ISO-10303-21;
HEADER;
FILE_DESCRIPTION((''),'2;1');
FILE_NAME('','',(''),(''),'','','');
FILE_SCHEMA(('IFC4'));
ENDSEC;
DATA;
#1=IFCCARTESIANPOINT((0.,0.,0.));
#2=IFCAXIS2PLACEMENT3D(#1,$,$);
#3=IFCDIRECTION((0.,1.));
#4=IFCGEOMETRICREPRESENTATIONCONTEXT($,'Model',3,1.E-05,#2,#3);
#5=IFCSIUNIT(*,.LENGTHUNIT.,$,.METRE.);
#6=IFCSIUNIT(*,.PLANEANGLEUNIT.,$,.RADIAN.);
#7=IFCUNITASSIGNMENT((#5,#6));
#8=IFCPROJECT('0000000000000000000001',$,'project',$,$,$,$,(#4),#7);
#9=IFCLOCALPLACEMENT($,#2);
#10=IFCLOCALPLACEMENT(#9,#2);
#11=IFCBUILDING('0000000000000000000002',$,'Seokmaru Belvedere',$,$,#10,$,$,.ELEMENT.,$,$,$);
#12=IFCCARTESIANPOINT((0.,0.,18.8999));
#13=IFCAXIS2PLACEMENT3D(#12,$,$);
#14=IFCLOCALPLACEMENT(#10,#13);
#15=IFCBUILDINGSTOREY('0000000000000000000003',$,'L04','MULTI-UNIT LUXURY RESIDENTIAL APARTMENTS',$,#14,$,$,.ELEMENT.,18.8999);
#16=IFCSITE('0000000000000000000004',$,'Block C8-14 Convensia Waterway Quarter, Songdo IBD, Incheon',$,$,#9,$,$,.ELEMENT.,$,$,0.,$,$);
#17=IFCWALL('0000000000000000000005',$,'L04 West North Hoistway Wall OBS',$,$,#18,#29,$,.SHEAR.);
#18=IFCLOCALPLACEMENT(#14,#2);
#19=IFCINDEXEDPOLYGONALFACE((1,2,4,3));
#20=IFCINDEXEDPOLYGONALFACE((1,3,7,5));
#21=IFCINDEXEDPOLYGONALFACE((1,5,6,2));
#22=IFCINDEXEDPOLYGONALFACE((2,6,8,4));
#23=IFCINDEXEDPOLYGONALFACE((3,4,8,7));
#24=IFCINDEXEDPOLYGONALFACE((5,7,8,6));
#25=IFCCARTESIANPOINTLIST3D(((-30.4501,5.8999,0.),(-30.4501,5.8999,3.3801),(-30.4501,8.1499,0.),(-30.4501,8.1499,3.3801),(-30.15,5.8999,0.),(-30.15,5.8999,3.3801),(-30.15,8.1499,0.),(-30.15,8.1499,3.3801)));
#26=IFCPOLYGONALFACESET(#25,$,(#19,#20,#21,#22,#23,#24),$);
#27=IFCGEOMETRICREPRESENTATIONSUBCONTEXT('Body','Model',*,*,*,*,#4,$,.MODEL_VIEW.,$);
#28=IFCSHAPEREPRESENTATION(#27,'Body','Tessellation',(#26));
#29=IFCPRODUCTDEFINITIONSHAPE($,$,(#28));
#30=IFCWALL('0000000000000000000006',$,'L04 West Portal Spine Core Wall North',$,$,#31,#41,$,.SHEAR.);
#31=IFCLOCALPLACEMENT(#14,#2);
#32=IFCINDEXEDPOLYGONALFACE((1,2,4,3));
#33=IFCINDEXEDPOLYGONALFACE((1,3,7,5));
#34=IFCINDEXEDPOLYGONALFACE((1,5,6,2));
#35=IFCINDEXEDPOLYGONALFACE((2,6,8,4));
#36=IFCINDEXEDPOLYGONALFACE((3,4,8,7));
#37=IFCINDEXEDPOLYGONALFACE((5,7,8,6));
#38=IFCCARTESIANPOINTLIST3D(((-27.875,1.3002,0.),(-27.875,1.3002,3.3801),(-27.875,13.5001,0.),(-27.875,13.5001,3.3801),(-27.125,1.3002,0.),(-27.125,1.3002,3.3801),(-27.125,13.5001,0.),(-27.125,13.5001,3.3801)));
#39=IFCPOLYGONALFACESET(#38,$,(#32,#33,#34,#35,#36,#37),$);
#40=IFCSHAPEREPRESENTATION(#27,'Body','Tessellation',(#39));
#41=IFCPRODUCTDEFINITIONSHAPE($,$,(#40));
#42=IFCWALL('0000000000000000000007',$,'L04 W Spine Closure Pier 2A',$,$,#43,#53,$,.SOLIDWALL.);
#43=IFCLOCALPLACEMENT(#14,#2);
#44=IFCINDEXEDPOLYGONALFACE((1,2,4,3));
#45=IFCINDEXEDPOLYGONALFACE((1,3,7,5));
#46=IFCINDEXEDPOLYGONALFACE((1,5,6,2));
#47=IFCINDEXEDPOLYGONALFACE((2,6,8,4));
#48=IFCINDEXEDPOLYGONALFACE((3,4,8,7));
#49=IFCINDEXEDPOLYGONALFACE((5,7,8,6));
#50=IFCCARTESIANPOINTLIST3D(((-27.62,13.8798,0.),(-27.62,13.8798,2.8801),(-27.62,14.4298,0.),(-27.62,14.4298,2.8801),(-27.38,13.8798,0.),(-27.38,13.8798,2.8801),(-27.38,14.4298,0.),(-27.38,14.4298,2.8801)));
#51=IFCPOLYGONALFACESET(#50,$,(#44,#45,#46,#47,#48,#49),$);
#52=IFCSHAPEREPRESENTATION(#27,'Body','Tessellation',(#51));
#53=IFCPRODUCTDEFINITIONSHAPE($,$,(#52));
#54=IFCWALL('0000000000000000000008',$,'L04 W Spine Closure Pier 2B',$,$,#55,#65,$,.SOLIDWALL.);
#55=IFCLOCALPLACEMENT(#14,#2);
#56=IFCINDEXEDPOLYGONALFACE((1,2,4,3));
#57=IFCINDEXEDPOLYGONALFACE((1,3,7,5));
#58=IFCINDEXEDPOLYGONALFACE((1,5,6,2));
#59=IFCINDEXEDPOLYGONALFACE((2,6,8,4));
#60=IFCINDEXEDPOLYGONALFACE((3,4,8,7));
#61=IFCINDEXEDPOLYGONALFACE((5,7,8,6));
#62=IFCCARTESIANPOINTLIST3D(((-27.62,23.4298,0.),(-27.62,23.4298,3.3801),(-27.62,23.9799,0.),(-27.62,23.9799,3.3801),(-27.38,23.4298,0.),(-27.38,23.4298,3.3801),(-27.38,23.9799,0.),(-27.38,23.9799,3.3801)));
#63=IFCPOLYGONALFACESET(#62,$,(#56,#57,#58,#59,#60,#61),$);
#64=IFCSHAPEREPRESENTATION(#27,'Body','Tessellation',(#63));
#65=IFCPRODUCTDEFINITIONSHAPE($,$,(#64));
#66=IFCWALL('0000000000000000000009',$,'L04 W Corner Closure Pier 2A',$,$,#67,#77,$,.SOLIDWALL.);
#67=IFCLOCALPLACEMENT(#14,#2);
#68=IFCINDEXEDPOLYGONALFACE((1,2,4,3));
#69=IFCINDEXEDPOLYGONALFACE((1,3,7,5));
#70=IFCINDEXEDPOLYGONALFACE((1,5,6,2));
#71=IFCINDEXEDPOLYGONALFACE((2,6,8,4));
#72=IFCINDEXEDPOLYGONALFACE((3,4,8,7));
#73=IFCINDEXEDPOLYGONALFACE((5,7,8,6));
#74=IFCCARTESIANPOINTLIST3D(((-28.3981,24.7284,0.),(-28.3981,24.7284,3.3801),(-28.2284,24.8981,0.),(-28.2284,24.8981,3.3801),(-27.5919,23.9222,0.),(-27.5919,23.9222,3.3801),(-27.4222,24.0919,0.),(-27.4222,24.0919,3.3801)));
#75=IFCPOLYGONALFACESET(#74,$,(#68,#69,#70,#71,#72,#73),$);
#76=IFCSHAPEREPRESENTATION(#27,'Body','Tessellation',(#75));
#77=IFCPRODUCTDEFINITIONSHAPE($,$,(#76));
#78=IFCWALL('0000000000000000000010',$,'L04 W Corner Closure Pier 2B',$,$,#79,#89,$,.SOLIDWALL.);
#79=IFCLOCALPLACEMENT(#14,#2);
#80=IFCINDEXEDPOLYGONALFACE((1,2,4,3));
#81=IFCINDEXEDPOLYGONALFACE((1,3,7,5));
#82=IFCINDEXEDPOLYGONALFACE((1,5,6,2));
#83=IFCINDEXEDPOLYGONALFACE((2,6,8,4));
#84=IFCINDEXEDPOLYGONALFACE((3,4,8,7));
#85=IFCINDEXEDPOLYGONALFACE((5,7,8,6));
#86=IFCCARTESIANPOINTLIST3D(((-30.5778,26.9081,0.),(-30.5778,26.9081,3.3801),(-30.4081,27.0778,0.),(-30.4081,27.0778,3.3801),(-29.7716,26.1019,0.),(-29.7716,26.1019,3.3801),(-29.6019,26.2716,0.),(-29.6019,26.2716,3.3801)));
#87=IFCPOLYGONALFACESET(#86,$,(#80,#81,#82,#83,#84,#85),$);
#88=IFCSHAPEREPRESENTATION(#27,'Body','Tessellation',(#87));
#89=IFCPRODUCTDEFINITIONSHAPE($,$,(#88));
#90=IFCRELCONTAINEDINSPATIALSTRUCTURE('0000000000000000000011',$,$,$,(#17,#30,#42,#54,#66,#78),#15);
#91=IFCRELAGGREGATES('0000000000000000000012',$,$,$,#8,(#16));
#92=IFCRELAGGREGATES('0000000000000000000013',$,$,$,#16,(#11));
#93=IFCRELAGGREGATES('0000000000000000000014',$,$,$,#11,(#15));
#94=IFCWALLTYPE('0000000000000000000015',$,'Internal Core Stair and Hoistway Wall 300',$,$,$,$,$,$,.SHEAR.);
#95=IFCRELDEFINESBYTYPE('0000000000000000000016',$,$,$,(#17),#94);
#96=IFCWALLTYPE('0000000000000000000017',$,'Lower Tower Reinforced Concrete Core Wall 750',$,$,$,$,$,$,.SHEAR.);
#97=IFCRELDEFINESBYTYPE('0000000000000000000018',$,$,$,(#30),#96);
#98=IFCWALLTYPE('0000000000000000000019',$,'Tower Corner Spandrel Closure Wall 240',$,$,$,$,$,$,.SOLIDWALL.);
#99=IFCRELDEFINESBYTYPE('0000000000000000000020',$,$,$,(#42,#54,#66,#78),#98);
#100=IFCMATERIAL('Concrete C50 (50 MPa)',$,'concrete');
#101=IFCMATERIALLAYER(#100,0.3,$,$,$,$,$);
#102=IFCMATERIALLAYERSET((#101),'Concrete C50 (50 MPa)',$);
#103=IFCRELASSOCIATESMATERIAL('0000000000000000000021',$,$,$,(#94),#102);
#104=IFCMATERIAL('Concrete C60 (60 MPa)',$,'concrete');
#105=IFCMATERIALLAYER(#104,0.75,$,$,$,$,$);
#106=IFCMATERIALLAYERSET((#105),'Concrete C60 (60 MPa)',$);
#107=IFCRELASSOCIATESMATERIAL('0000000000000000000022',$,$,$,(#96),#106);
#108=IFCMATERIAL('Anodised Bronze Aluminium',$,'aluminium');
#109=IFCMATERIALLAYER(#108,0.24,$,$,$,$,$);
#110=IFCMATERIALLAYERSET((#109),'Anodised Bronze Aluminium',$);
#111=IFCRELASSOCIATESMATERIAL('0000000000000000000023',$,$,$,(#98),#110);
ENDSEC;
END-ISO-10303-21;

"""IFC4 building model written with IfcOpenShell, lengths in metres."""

from ifc_helpers import new_model, si_unit, direction, frame, frame_2d, origin, place, context, subcontext, project, spatial, rectangle, extrude, material, layer, layer_set, type_object, element, save


model = new_model("IFC4")

# Units and contexts
model_context = context("Model", 3, precision=1e-05, world=origin(), true_north=direction((0.0, 1.0)))
body_context = subcontext(model_context, "Body", "Model", "MODEL_VIEW")
ifc_project = project(units=[si_unit("LENGTHUNIT", "METRE"), si_unit("PLANEANGLEUNIT", "RADIAN")], contexts=[model_context])

# Site, building, storey
site_placement = place(None, origin())
site = spatial("IfcSite", under=ifc_project, at=site_placement, Name="Block C8-14 Convensia Waterway Quarter, Songdo IBD, Incheon", CompositionType="ELEMENT", RefElevation=0.0)
building_placement = place(site_placement, origin())
building = spatial("IfcBuilding", under=site, at=building_placement, Name="Seokmaru Belvedere", CompositionType="ELEMENT")
storey_placement = place(building_placement, frame((0.0, 0.0, 18.8999)))
storey = spatial("IfcBuildingStorey", under=building, at=storey_placement, Name="L04", Description="MULTI-UNIT LUXURY RESIDENTIAL APARTMENTS", CompositionType="ELEMENT", Elevation=18.8999)

# Shared definitions
ifc_material_1 = material(Name="Anodised Bronze Aluminium", Category="aluminium")

# Wall
ifc_material_2 = material(Name="Concrete C50 (50 MPa)", Category="concrete")
ifc_layer_1 = layer(ifc_material_2, 0.3)
ifc_layer_set_1 = layer_set([ifc_layer_1], Name="Concrete C50 (50 MPa)")
wall_type_1 = type_object("IfcWallType", Name="Internal Core Stair and Hoistway Wall 300", PredefinedType="SHEAR", material=ifc_layer_set_1)
wall_1_placement = place(storey_placement, frame((-30.3, 5.8999, 0.0), z_axis=(0.0, 0.0, 1.0), x_axis=(0.0, 1.0, 0.0)))
element("IfcWall", 1, at=wall_1_placement, inside=storey, type_object=wall_type_1, Name="L04 West North Hoistway Wall OBS", PredefinedType="SHEAR", context=body_context, shape_type="SweptSolid", body=[
    extrude(rectangle(XDim=2.25, YDim=0.3, at=frame_2d((1.125, 0.0))), origin(), (0.0, 0.0, 1.0), 3.3801),
])

# Walls
ifc_material_3 = material(Name="Concrete C60 (60 MPa)", Category="concrete")
ifc_layer_2 = layer(ifc_material_3, 0.75)
ifc_layer_set_2 = layer_set([ifc_layer_2], Name="Concrete C60 (60 MPa)")
wall_type_2 = type_object("IfcWallType", Name="Lower Tower Reinforced Concrete Core Wall 750", PredefinedType="SHEAR", material=ifc_layer_set_2)
wall_2_placement = place(storey_placement, frame((-27.5, 1.3, 0.0), z_axis=(0.0, 0.0, 1.0), x_axis=(0.0, 1.0, 0.0)))
element("IfcWall", 2, at=wall_2_placement, inside=storey, type_object=wall_type_2, Name="L04 West Portal Spine Core Wall North", PredefinedType="SHEAR", context=body_context, shape_type="SweptSolid", body=[
    extrude(rectangle(XDim=12.2, YDim=0.75, at=frame_2d((6.1001, 0.0))), origin(), (0.0, 0.0, 1.0), 3.3801),
])
ifc_layer_3 = layer(ifc_material_1, 0.24)
ifc_layer_set_3 = layer_set([ifc_layer_3], Name="Anodised Bronze Aluminium")
wall_type_3 = type_object("IfcWallType", Name="Tower Corner Spandrel Closure Wall 240", PredefinedType="SOLIDWALL", material=ifc_layer_set_3)
wall_3_placement = place(storey_placement, frame((-27.5, 13.8799, 0.0), z_axis=(0.0, 0.0, 1.0), x_axis=(0.0, 1.0, 0.0)))
element("IfcWall", 3, at=wall_3_placement, inside=storey, type_object=wall_type_3, Name="L04 W Spine Closure Pier 2A", PredefinedType="SOLIDWALL", context=body_context, shape_type="SweptSolid", body=[
    extrude(rectangle(XDim=0.55, YDim=0.24, at=frame_2d((0.2749, 0.0))), origin(), (0.0, 0.0, 1.0), 2.8801),
])
wall_4_placement = place(storey_placement, frame((-27.5, 23.4299, 0.0), z_axis=(0.0, 0.0, 1.0), x_axis=(0.0, 1.0, 0.0)))
element("IfcWall", 4, at=wall_4_placement, inside=storey, type_object=wall_type_3, Name="L04 W Spine Closure Pier 2B", PredefinedType="SOLIDWALL", context=body_context, shape_type="SweptSolid", body=[
    extrude(rectangle(XDim=0.55, YDim=0.24, at=frame_2d((0.2749, 0.0))), origin(), (0.0, 0.0, 1.0), 3.3801),
])
for number, where, z_axis, x_axis, name in (
    (5, (-27.5071, 24.0071, 0.0), (0.0, 0.0, 1.0), (-0.707107, 0.707107, 0.0), "L04 W Corner Closure Pier 2A"),
    (6, (-29.6868, 26.1868, 0.0), (0.0, 0.0, 1.0), (-0.707107, 0.707107, 0.0), "L04 W Corner Closure Pier 2B"),
):
    element("IfcWall", number, at=place(storey_placement, frame(where, z_axis=z_axis, x_axis=x_axis)), inside=storey, type_object=wall_type_3, Name=name, PredefinedType="SOLIDWALL", context=body_context, shape_type="SweptSolid", body=[
        extrude(rectangle(XDim=1.1401, YDim=0.24, at=frame_2d((0.5701, 0.0))), origin(), (0.0, 0.0, 1.0), 3.3801),
    ])

save(model, "model.ifc")
